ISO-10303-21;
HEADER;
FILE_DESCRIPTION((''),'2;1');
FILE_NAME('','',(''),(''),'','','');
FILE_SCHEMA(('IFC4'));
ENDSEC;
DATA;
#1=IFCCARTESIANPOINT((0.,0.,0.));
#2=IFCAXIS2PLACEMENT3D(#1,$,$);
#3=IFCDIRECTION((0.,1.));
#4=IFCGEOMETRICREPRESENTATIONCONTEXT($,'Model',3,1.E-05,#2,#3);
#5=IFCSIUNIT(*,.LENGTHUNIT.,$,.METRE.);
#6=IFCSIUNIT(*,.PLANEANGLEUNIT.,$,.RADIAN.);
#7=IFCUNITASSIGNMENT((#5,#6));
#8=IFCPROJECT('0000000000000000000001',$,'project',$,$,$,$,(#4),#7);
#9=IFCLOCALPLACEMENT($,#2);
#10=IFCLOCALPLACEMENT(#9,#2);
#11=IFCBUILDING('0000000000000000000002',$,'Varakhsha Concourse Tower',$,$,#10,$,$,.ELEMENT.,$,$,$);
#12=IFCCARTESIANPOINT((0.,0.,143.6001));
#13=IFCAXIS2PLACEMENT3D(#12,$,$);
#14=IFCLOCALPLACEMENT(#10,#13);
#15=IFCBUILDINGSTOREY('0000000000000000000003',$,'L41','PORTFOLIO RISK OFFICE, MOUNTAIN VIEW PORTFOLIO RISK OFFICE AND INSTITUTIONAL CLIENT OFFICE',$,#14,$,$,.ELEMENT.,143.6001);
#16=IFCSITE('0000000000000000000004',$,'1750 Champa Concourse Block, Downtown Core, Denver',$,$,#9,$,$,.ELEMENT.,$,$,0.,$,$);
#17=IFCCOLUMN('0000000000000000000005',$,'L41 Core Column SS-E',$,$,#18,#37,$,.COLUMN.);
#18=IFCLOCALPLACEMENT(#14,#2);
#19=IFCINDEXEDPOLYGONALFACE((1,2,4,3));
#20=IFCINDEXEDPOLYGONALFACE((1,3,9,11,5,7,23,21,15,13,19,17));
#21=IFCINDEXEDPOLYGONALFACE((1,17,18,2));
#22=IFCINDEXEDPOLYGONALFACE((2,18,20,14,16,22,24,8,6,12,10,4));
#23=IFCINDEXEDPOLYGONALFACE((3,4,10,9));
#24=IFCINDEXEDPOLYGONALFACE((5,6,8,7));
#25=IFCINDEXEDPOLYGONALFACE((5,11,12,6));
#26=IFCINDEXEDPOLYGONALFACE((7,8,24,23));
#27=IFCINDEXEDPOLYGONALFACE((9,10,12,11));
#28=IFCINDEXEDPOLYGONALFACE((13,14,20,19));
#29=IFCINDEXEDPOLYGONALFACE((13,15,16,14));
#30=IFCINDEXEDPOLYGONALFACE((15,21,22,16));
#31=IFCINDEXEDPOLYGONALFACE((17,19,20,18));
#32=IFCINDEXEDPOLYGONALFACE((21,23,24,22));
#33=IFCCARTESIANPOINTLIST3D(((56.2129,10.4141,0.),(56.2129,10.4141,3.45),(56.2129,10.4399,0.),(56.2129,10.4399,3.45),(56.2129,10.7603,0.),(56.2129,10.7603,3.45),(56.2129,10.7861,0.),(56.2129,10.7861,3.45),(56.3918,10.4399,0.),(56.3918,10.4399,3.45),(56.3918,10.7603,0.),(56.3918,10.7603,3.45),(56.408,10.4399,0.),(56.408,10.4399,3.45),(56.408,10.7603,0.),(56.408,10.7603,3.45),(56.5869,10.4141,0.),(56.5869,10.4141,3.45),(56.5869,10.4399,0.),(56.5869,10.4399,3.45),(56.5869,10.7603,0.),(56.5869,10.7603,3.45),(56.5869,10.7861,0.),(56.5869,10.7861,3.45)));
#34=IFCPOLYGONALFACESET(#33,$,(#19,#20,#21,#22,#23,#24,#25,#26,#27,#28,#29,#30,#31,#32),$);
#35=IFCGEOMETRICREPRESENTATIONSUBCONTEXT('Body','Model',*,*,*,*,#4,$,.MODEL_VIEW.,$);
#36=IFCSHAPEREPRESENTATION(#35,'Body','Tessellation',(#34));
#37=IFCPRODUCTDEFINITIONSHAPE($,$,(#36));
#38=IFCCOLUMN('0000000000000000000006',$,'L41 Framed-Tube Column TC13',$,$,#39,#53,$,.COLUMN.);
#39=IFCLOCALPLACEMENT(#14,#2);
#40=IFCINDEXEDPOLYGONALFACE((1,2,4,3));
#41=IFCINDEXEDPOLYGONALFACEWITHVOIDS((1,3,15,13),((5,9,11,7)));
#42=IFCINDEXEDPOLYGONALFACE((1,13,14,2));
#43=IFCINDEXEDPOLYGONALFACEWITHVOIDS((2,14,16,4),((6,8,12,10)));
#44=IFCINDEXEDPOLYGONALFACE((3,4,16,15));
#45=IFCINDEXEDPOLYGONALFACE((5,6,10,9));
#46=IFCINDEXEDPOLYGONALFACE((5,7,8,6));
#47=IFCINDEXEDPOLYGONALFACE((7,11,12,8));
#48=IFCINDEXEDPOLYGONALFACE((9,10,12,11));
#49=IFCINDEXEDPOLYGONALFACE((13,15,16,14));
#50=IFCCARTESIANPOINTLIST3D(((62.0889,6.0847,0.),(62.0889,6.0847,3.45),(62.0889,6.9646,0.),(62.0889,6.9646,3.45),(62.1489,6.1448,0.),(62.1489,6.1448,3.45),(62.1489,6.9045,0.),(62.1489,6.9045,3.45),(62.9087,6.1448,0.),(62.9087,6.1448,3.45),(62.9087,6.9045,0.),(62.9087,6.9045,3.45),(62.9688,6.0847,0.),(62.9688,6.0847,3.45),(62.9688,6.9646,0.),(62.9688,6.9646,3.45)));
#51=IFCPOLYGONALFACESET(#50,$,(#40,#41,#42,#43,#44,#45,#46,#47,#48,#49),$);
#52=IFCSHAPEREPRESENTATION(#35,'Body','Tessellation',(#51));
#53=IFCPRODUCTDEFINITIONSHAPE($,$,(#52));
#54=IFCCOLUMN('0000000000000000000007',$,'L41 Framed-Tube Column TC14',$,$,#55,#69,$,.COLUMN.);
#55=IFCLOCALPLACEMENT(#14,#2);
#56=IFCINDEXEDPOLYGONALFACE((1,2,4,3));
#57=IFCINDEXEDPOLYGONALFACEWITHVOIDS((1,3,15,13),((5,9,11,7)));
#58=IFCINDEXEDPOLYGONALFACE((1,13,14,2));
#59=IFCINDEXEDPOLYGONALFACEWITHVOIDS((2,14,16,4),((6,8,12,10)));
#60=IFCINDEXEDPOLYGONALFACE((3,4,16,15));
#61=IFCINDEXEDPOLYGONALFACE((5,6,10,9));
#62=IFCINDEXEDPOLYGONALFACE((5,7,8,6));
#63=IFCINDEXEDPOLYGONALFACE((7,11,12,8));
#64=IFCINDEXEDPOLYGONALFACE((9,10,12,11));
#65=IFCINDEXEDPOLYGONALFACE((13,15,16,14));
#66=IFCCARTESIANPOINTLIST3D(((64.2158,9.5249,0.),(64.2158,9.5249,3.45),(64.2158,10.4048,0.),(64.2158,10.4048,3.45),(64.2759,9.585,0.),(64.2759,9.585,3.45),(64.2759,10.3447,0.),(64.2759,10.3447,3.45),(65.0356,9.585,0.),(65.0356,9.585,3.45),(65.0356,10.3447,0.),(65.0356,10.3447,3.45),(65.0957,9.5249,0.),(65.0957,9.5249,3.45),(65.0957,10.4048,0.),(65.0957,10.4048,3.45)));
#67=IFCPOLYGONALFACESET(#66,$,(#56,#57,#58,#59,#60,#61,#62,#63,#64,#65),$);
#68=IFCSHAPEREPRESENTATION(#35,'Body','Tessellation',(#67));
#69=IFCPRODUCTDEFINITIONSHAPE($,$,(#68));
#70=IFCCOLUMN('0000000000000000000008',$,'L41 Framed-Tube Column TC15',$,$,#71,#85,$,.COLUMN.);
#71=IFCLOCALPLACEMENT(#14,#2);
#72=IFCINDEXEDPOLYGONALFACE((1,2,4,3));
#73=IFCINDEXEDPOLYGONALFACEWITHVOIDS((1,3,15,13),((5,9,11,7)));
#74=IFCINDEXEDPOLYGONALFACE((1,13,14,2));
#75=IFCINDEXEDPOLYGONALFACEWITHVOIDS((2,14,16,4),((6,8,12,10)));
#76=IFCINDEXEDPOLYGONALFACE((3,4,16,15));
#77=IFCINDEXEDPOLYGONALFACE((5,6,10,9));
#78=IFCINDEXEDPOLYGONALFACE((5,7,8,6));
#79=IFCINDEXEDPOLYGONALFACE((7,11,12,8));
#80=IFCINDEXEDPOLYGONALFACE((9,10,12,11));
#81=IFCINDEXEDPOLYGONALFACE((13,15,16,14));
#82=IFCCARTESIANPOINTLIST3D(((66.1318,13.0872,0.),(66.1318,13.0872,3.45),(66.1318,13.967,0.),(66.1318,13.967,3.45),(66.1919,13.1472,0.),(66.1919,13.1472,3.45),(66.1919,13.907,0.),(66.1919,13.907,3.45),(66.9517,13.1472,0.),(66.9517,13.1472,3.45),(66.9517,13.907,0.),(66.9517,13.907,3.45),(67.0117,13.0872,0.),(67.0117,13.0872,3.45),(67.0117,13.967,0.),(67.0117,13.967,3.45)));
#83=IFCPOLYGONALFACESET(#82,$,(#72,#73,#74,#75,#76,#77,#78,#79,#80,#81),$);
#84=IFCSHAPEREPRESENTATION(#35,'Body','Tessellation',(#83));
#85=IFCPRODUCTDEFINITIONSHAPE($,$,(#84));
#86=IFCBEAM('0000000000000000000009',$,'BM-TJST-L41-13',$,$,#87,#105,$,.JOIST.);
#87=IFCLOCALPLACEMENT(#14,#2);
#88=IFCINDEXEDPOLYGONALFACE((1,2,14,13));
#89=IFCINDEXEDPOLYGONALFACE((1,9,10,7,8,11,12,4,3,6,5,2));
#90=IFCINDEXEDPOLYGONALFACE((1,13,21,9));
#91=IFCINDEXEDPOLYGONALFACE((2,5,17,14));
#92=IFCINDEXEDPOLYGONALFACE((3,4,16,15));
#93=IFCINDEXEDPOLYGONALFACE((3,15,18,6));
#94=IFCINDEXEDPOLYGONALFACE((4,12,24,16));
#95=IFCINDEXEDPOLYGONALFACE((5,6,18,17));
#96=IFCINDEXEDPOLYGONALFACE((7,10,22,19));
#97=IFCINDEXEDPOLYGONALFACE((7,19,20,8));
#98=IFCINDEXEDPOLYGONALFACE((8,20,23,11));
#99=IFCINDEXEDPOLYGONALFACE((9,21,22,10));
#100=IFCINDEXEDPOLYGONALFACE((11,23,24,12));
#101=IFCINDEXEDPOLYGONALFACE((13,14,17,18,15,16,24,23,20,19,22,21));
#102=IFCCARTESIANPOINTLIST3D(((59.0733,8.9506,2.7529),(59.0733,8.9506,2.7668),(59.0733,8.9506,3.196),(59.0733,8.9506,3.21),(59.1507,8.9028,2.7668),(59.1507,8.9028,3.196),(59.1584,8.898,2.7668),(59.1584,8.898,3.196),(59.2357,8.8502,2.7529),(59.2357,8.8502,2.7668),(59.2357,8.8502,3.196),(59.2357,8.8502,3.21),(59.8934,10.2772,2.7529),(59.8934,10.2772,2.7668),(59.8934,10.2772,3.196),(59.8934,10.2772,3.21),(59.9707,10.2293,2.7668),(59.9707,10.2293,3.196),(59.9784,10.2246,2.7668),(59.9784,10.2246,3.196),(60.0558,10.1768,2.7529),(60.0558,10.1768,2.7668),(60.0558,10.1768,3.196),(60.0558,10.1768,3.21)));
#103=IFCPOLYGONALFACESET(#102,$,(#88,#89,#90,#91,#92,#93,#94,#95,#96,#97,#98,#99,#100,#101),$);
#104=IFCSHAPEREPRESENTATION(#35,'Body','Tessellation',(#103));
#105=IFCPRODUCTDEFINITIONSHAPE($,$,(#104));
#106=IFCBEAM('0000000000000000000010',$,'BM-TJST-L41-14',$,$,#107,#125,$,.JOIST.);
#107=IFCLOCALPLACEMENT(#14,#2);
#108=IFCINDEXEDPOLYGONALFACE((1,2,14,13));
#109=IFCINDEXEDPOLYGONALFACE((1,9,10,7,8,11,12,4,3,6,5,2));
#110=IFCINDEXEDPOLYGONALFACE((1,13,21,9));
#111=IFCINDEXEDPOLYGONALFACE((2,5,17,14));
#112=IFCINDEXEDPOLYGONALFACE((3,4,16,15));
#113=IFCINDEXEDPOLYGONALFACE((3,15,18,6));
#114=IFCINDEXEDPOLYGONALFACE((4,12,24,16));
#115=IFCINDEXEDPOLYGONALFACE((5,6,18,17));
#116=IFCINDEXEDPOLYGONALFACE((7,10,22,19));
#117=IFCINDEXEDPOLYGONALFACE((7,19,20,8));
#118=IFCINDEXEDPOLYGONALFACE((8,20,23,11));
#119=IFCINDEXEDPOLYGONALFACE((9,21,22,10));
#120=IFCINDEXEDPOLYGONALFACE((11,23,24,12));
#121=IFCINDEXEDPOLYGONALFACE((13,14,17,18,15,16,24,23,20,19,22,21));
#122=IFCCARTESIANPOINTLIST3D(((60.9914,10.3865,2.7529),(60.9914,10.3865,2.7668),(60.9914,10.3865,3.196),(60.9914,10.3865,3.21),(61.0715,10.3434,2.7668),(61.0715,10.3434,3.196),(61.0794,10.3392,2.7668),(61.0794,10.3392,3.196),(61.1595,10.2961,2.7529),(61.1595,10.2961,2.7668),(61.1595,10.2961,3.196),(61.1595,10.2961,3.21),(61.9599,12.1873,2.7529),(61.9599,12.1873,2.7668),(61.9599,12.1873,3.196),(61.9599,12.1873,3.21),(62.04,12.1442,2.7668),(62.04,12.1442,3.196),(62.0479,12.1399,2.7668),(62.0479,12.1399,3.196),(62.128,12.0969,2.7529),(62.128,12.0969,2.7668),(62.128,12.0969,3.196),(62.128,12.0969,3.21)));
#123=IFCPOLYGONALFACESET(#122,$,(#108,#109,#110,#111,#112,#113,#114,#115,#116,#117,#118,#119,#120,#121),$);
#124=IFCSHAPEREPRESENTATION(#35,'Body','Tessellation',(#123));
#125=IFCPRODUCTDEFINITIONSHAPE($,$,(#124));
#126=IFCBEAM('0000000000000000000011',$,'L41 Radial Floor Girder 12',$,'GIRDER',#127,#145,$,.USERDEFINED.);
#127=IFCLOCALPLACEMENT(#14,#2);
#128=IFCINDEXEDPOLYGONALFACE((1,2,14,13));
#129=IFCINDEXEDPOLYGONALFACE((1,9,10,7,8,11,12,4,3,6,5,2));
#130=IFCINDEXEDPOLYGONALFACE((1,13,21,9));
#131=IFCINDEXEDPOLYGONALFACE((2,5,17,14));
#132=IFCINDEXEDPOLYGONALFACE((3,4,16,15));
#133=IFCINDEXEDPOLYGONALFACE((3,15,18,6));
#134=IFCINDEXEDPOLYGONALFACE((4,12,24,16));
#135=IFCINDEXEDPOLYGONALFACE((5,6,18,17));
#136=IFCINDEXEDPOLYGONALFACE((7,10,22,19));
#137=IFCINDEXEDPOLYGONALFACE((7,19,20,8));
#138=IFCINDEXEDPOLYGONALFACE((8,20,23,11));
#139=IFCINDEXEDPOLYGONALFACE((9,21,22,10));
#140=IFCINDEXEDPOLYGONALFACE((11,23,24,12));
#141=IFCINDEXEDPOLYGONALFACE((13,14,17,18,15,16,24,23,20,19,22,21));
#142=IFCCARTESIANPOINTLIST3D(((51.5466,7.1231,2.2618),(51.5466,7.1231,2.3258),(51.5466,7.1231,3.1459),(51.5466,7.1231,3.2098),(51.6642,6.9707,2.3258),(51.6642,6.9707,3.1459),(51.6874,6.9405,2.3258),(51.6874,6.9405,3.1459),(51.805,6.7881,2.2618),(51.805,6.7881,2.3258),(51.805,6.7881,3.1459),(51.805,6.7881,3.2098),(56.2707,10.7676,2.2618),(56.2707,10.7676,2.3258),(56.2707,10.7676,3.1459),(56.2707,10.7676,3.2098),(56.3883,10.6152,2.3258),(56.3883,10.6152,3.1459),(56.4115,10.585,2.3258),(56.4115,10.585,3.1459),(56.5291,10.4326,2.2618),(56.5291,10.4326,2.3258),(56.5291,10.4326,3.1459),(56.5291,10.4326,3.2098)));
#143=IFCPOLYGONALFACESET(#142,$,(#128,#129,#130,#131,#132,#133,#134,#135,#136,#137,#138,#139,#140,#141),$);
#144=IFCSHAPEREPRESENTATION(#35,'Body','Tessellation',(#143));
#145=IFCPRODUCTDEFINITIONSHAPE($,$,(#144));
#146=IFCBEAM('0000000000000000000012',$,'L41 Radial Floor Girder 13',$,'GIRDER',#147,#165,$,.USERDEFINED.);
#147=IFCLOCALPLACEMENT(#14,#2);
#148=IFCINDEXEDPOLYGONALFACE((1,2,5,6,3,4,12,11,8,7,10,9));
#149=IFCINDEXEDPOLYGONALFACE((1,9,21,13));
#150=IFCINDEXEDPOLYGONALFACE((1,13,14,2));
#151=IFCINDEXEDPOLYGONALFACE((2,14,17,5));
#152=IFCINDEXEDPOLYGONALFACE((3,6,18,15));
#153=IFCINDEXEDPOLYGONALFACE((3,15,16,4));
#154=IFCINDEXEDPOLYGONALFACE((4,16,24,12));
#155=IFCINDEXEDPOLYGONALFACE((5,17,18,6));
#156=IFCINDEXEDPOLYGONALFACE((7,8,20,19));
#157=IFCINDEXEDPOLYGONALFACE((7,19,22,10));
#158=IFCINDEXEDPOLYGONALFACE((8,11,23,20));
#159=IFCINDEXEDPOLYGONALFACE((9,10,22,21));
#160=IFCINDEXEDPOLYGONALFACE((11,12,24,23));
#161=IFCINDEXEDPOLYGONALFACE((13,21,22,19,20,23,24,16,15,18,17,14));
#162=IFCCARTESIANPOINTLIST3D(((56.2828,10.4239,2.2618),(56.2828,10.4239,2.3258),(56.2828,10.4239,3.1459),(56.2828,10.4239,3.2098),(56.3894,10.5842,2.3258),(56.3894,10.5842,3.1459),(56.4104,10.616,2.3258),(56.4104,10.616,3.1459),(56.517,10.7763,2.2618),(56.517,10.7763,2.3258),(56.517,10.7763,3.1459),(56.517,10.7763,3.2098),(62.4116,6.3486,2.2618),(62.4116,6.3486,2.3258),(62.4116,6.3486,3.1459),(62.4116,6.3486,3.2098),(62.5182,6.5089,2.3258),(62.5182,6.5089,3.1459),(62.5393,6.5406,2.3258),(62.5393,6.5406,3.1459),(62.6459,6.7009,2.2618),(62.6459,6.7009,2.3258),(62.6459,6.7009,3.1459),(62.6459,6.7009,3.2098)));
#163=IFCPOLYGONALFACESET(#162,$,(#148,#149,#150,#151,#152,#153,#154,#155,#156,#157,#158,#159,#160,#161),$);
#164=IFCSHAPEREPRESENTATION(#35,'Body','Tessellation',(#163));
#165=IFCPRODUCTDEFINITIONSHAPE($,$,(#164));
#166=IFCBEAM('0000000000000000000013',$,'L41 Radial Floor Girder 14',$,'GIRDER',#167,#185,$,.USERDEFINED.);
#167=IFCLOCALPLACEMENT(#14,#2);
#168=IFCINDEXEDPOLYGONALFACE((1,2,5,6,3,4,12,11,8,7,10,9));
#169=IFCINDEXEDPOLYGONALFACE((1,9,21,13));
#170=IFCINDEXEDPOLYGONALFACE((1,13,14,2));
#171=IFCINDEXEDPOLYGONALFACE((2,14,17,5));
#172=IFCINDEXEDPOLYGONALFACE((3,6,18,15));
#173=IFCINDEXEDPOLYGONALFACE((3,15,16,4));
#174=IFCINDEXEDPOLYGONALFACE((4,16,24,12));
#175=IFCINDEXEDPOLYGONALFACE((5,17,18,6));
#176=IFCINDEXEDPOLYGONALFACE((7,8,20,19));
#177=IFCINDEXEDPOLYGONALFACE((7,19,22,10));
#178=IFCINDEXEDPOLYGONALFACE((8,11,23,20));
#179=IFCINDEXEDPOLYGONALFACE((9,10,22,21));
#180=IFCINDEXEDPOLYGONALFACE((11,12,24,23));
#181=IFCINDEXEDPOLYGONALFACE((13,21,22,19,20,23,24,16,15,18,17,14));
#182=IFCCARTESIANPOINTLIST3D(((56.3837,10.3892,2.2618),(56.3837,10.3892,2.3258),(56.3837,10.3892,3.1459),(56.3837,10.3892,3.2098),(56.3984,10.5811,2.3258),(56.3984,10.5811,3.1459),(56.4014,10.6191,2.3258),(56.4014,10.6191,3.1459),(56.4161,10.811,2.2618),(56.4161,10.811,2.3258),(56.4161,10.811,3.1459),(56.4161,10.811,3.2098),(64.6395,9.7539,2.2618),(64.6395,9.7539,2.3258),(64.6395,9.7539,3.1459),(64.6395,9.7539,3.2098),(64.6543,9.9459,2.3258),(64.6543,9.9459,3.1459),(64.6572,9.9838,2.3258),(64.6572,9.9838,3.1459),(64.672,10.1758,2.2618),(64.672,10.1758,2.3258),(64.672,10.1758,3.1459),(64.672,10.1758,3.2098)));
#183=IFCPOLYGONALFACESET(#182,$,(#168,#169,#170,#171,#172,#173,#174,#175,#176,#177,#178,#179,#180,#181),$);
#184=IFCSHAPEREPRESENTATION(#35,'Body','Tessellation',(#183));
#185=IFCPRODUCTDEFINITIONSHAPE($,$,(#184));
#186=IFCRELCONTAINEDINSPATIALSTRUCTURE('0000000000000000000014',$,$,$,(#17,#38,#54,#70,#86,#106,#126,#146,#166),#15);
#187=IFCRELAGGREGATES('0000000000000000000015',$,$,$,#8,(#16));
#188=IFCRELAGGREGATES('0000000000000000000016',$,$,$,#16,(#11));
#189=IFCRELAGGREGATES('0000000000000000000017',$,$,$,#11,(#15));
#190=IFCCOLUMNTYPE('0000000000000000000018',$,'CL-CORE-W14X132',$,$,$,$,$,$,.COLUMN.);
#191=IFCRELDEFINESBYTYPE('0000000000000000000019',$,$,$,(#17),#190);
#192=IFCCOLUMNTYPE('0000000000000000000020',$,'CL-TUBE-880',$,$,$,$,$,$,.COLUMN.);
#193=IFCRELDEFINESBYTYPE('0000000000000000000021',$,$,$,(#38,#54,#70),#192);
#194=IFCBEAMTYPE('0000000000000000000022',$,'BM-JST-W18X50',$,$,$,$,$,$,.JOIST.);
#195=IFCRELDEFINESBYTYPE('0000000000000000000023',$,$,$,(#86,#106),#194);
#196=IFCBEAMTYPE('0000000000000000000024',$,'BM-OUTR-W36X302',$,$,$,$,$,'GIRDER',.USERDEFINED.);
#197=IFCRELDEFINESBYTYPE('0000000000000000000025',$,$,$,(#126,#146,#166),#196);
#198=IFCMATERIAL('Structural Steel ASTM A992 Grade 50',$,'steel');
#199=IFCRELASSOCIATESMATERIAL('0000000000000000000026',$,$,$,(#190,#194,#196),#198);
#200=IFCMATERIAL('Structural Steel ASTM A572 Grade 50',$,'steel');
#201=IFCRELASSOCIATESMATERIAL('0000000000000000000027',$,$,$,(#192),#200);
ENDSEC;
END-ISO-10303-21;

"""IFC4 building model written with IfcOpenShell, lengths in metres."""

from ifc_helpers import new_model, si_unit, direction, frame, origin, origin_2d, place, context, subcontext, project, spatial, hollow_rectangle, i_section, extrude, material, material_profile, profile_set, type_object, element, save


model = new_model("IFC4")

# Units and contexts
model_context = context("Model", 3, precision=1e-05, world=origin(), true_north=direction((0.0, 1.0)))
body_context = subcontext(model_context, "Body", "Model", "MODEL_VIEW")
ifc_project = project(units=[si_unit("LENGTHUNIT", "METRE"), si_unit("PLANEANGLEUNIT", "RADIAN")], contexts=[model_context])

# Site, building, storey
site_placement = place(None, origin())
site = spatial("IfcSite", under=ifc_project, at=site_placement, Name="1750 Champa Concourse Block, Downtown Core, Denver", CompositionType="ELEMENT", RefElevation=0.0)
building_placement = place(site_placement, origin())
building = spatial("IfcBuilding", under=site, at=building_placement, Name="Varakhsha Concourse Tower", CompositionType="ELEMENT")
storey_placement = place(building_placement, frame((0.0, 0.0, 143.6001)))
storey = spatial("IfcBuildingStorey", under=building, at=storey_placement, Name="L41", Description="PORTFOLIO RISK OFFICE, MOUNTAIN VIEW PORTFOLIO RISK OFFICE AND INSTITUTIONAL CLIENT OFFICE", CompositionType="ELEMENT", Elevation=143.6001)

# Columns
ifc_material_1 = material(Name="Structural Steel ASTM A992 Grade 50", Category="steel")
ifc_material_profile_1 = material_profile(ifc_material_1, i_section(OverallWidth=0.374, OverallDepth=0.3721, WebThickness=0.0161, FlangeThickness=0.0259, at=origin_2d()), Name="W14X132")
ifc_profile_set_1 = profile_set([ifc_material_profile_1], Name="Structural Steel ASTM A992 Grade 50")
column_type_1 = type_object("IfcColumnType", Name="CL-CORE-W14X132", PredefinedType="COLUMN", material=ifc_profile_set_1)
column_placement = place(storey_placement, frame((56.3999, 10.6001, 0.0), z_axis=(0.0, 0.0, 1.0), x_axis=(1.0, 0.0, 0.0)))
element("IfcColumn", 1, at=column_placement, inside=storey, type_object=column_type_1, Name="L41 Core Column SS-E", PredefinedType="COLUMN", context=body_context, shape_type="SweptSolid", body=[
    extrude(i_section(OverallWidth=0.374, OverallDepth=0.3721, WebThickness=0.0161, FlangeThickness=0.0259, at=origin_2d()), origin(), (0.0, 0.0, 1.0), 3.45),
])
ifc_material_2 = material(Name="Structural Steel ASTM A572 Grade 50", Category="steel")
ifc_material_profile_2 = material_profile(ifc_material_2, hollow_rectangle(XDim=0.8799, YDim=0.8799, WallThickness=0.0601, at=origin_2d()), Name="BOX 880x880x60")
ifc_profile_set_2 = profile_set([ifc_material_profile_2], Name="Structural Steel ASTM A572 Grade 50")
column_type_2 = type_object("IfcColumnType", Name="CL-TUBE-880", PredefinedType="COLUMN", material=ifc_profile_set_2)
for number, where, z_axis, x_axis, name in (
    (2, (62.5288, 6.5247, 0.0), (0.0, 0.0, 1.0), (1.0, 0.0, 0.0), "L41 Framed-Tube Column TC13"),
    (3, (64.6558, 9.9648, 0.0), (0.0, 0.0, 1.0), (1.0, 0.0, 0.0), "L41 Framed-Tube Column TC14"),
    (4, (66.5718, 13.5271, 0.0), (0.0, 0.0, 1.0), (1.0, 0.0, 0.0), "L41 Framed-Tube Column TC15"),
):
    element("IfcColumn", number, at=place(storey_placement, frame(where, z_axis=z_axis, x_axis=x_axis)), inside=storey, type_object=column_type_2, Name=name, PredefinedType="COLUMN", context=body_context, shape_type="SweptSolid", body=[
        extrude(hollow_rectangle(XDim=0.8799, YDim=0.8799, WallThickness=0.0601, at=origin_2d()), origin(), (0.0, 0.0, 1.0), 3.45),
    ])

# Beams
ifc_material_profile_3 = material_profile(ifc_material_1, i_section(OverallWidth=0.1909, OverallDepth=0.457, WebThickness=0.009, FlangeThickness=0.0139, at=origin_2d()), Name="W18X50")
ifc_profile_set_3 = profile_set([ifc_material_profile_3], Name="Structural Steel ASTM A992 Grade 50")
beam_type_1 = type_object("IfcBeamType", Name="BM-JST-W18X50", PredefinedType="JOIST", material=ifc_profile_set_3)
beam_1_placement = place(storey_placement, frame((59.1545, 8.9004, 2.9814), z_axis=(0.525799, 0.850609, 0.0), x_axis=(-0.850609, 0.525799, 0.0)))
element("IfcBeam", 5, at=beam_1_placement, inside=storey, type_object=beam_type_1, Name="BM-TJST-L41-13", PredefinedType="JOIST", context=body_context, shape_type="SweptSolid", body=[
    extrude(i_section(OverallWidth=0.1909, OverallDepth=0.457, WebThickness=0.009, FlangeThickness=0.0139, at=origin_2d()), origin(), (0.0, 0.0, 1.0), 1.5596),
])
beam_2_placement = place(storey_placement, frame((61.0754, 10.3413, 2.9814), z_axis=(0.473665, 0.880705, 0.0), x_axis=(-0.880705, 0.473665, 0.0)))
element("IfcBeam", 6, at=beam_2_placement, inside=storey, type_object=beam_type_1, Name="BM-TJST-L41-14", PredefinedType="JOIST", context=body_context, shape_type="SweptSolid", body=[
    extrude(i_section(OverallWidth=0.1909, OverallDepth=0.457, WebThickness=0.009, FlangeThickness=0.0139, at=origin_2d()), origin(), (0.0, 0.0, 1.0), 2.0447),
])
ifc_material_profile_4 = material_profile(ifc_material_1, i_section(OverallWidth=0.4231, OverallDepth=0.948, WebThickness=0.0381, FlangeThickness=0.064, at=origin_2d()), Name="W36X302")
ifc_profile_set_4 = profile_set([ifc_material_profile_4], Name="Structural Steel ASTM A992 Grade 50")
beam_type_2 = type_object("IfcBeamType", Name="BM-OUTR-W36X302", ElementType="GIRDER", PredefinedType="USERDEFINED", material=ifc_profile_set_4)
beam_3_placement = place(storey_placement, frame((56.3999, 10.6001, 2.7358), z_axis=(-0.791765, -0.610825, 0.0), x_axis=(0.610825, -0.791765, 0.0)))
element("IfcBeam", 7, at=beam_3_placement, inside=storey, type_object=beam_type_2, Name="L41 Radial Floor Girder 12", ObjectType="GIRDER", PredefinedType="USERDEFINED", context=body_context, shape_type="SweptSolid", body=[
    extrude(i_section(OverallWidth=0.4231, OverallDepth=0.948, WebThickness=0.0381, FlangeThickness=0.064, at=origin_2d()), origin(), (0.0, 0.0, 1.0), 5.9666),
])
beam_4_placement = place(storey_placement, frame((56.3999, 10.6001, 2.7358), z_axis=(0.832708, -0.553712, 0.0), x_axis=(0.553712, 0.832708, 0.0)))
element("IfcBeam", 8, at=beam_4_placement, inside=storey, type_object=beam_type_2, Name="L41 Radial Floor Girder 13", ObjectType="GIRDER", PredefinedType="USERDEFINED", context=body_context, shape_type="SweptSolid", body=[
    extrude(i_section(OverallWidth=0.4231, OverallDepth=0.948, WebThickness=0.0381, FlangeThickness=0.064, at=origin_2d()), origin(), (0.0, 0.0, 1.0), 7.3601),
])
beam_5_placement = place(storey_placement, frame((56.3999, 10.6001, 2.7358), z_axis=(0.997053, -0.076719, 0.0), x_axis=(0.076719, 0.997053, 0.0)))
element("IfcBeam", 9, at=beam_5_placement, inside=storey, type_object=beam_type_2, Name="L41 Radial Floor Girder 14", ObjectType="GIRDER", PredefinedType="USERDEFINED", context=body_context, shape_type="SweptSolid", body=[
    extrude(i_section(OverallWidth=0.4231, OverallDepth=0.948, WebThickness=0.0381, FlangeThickness=0.064, at=origin_2d()), origin(), (0.0, 0.0, 1.0), 8.2803),
])

save(model, "model.ifc")
